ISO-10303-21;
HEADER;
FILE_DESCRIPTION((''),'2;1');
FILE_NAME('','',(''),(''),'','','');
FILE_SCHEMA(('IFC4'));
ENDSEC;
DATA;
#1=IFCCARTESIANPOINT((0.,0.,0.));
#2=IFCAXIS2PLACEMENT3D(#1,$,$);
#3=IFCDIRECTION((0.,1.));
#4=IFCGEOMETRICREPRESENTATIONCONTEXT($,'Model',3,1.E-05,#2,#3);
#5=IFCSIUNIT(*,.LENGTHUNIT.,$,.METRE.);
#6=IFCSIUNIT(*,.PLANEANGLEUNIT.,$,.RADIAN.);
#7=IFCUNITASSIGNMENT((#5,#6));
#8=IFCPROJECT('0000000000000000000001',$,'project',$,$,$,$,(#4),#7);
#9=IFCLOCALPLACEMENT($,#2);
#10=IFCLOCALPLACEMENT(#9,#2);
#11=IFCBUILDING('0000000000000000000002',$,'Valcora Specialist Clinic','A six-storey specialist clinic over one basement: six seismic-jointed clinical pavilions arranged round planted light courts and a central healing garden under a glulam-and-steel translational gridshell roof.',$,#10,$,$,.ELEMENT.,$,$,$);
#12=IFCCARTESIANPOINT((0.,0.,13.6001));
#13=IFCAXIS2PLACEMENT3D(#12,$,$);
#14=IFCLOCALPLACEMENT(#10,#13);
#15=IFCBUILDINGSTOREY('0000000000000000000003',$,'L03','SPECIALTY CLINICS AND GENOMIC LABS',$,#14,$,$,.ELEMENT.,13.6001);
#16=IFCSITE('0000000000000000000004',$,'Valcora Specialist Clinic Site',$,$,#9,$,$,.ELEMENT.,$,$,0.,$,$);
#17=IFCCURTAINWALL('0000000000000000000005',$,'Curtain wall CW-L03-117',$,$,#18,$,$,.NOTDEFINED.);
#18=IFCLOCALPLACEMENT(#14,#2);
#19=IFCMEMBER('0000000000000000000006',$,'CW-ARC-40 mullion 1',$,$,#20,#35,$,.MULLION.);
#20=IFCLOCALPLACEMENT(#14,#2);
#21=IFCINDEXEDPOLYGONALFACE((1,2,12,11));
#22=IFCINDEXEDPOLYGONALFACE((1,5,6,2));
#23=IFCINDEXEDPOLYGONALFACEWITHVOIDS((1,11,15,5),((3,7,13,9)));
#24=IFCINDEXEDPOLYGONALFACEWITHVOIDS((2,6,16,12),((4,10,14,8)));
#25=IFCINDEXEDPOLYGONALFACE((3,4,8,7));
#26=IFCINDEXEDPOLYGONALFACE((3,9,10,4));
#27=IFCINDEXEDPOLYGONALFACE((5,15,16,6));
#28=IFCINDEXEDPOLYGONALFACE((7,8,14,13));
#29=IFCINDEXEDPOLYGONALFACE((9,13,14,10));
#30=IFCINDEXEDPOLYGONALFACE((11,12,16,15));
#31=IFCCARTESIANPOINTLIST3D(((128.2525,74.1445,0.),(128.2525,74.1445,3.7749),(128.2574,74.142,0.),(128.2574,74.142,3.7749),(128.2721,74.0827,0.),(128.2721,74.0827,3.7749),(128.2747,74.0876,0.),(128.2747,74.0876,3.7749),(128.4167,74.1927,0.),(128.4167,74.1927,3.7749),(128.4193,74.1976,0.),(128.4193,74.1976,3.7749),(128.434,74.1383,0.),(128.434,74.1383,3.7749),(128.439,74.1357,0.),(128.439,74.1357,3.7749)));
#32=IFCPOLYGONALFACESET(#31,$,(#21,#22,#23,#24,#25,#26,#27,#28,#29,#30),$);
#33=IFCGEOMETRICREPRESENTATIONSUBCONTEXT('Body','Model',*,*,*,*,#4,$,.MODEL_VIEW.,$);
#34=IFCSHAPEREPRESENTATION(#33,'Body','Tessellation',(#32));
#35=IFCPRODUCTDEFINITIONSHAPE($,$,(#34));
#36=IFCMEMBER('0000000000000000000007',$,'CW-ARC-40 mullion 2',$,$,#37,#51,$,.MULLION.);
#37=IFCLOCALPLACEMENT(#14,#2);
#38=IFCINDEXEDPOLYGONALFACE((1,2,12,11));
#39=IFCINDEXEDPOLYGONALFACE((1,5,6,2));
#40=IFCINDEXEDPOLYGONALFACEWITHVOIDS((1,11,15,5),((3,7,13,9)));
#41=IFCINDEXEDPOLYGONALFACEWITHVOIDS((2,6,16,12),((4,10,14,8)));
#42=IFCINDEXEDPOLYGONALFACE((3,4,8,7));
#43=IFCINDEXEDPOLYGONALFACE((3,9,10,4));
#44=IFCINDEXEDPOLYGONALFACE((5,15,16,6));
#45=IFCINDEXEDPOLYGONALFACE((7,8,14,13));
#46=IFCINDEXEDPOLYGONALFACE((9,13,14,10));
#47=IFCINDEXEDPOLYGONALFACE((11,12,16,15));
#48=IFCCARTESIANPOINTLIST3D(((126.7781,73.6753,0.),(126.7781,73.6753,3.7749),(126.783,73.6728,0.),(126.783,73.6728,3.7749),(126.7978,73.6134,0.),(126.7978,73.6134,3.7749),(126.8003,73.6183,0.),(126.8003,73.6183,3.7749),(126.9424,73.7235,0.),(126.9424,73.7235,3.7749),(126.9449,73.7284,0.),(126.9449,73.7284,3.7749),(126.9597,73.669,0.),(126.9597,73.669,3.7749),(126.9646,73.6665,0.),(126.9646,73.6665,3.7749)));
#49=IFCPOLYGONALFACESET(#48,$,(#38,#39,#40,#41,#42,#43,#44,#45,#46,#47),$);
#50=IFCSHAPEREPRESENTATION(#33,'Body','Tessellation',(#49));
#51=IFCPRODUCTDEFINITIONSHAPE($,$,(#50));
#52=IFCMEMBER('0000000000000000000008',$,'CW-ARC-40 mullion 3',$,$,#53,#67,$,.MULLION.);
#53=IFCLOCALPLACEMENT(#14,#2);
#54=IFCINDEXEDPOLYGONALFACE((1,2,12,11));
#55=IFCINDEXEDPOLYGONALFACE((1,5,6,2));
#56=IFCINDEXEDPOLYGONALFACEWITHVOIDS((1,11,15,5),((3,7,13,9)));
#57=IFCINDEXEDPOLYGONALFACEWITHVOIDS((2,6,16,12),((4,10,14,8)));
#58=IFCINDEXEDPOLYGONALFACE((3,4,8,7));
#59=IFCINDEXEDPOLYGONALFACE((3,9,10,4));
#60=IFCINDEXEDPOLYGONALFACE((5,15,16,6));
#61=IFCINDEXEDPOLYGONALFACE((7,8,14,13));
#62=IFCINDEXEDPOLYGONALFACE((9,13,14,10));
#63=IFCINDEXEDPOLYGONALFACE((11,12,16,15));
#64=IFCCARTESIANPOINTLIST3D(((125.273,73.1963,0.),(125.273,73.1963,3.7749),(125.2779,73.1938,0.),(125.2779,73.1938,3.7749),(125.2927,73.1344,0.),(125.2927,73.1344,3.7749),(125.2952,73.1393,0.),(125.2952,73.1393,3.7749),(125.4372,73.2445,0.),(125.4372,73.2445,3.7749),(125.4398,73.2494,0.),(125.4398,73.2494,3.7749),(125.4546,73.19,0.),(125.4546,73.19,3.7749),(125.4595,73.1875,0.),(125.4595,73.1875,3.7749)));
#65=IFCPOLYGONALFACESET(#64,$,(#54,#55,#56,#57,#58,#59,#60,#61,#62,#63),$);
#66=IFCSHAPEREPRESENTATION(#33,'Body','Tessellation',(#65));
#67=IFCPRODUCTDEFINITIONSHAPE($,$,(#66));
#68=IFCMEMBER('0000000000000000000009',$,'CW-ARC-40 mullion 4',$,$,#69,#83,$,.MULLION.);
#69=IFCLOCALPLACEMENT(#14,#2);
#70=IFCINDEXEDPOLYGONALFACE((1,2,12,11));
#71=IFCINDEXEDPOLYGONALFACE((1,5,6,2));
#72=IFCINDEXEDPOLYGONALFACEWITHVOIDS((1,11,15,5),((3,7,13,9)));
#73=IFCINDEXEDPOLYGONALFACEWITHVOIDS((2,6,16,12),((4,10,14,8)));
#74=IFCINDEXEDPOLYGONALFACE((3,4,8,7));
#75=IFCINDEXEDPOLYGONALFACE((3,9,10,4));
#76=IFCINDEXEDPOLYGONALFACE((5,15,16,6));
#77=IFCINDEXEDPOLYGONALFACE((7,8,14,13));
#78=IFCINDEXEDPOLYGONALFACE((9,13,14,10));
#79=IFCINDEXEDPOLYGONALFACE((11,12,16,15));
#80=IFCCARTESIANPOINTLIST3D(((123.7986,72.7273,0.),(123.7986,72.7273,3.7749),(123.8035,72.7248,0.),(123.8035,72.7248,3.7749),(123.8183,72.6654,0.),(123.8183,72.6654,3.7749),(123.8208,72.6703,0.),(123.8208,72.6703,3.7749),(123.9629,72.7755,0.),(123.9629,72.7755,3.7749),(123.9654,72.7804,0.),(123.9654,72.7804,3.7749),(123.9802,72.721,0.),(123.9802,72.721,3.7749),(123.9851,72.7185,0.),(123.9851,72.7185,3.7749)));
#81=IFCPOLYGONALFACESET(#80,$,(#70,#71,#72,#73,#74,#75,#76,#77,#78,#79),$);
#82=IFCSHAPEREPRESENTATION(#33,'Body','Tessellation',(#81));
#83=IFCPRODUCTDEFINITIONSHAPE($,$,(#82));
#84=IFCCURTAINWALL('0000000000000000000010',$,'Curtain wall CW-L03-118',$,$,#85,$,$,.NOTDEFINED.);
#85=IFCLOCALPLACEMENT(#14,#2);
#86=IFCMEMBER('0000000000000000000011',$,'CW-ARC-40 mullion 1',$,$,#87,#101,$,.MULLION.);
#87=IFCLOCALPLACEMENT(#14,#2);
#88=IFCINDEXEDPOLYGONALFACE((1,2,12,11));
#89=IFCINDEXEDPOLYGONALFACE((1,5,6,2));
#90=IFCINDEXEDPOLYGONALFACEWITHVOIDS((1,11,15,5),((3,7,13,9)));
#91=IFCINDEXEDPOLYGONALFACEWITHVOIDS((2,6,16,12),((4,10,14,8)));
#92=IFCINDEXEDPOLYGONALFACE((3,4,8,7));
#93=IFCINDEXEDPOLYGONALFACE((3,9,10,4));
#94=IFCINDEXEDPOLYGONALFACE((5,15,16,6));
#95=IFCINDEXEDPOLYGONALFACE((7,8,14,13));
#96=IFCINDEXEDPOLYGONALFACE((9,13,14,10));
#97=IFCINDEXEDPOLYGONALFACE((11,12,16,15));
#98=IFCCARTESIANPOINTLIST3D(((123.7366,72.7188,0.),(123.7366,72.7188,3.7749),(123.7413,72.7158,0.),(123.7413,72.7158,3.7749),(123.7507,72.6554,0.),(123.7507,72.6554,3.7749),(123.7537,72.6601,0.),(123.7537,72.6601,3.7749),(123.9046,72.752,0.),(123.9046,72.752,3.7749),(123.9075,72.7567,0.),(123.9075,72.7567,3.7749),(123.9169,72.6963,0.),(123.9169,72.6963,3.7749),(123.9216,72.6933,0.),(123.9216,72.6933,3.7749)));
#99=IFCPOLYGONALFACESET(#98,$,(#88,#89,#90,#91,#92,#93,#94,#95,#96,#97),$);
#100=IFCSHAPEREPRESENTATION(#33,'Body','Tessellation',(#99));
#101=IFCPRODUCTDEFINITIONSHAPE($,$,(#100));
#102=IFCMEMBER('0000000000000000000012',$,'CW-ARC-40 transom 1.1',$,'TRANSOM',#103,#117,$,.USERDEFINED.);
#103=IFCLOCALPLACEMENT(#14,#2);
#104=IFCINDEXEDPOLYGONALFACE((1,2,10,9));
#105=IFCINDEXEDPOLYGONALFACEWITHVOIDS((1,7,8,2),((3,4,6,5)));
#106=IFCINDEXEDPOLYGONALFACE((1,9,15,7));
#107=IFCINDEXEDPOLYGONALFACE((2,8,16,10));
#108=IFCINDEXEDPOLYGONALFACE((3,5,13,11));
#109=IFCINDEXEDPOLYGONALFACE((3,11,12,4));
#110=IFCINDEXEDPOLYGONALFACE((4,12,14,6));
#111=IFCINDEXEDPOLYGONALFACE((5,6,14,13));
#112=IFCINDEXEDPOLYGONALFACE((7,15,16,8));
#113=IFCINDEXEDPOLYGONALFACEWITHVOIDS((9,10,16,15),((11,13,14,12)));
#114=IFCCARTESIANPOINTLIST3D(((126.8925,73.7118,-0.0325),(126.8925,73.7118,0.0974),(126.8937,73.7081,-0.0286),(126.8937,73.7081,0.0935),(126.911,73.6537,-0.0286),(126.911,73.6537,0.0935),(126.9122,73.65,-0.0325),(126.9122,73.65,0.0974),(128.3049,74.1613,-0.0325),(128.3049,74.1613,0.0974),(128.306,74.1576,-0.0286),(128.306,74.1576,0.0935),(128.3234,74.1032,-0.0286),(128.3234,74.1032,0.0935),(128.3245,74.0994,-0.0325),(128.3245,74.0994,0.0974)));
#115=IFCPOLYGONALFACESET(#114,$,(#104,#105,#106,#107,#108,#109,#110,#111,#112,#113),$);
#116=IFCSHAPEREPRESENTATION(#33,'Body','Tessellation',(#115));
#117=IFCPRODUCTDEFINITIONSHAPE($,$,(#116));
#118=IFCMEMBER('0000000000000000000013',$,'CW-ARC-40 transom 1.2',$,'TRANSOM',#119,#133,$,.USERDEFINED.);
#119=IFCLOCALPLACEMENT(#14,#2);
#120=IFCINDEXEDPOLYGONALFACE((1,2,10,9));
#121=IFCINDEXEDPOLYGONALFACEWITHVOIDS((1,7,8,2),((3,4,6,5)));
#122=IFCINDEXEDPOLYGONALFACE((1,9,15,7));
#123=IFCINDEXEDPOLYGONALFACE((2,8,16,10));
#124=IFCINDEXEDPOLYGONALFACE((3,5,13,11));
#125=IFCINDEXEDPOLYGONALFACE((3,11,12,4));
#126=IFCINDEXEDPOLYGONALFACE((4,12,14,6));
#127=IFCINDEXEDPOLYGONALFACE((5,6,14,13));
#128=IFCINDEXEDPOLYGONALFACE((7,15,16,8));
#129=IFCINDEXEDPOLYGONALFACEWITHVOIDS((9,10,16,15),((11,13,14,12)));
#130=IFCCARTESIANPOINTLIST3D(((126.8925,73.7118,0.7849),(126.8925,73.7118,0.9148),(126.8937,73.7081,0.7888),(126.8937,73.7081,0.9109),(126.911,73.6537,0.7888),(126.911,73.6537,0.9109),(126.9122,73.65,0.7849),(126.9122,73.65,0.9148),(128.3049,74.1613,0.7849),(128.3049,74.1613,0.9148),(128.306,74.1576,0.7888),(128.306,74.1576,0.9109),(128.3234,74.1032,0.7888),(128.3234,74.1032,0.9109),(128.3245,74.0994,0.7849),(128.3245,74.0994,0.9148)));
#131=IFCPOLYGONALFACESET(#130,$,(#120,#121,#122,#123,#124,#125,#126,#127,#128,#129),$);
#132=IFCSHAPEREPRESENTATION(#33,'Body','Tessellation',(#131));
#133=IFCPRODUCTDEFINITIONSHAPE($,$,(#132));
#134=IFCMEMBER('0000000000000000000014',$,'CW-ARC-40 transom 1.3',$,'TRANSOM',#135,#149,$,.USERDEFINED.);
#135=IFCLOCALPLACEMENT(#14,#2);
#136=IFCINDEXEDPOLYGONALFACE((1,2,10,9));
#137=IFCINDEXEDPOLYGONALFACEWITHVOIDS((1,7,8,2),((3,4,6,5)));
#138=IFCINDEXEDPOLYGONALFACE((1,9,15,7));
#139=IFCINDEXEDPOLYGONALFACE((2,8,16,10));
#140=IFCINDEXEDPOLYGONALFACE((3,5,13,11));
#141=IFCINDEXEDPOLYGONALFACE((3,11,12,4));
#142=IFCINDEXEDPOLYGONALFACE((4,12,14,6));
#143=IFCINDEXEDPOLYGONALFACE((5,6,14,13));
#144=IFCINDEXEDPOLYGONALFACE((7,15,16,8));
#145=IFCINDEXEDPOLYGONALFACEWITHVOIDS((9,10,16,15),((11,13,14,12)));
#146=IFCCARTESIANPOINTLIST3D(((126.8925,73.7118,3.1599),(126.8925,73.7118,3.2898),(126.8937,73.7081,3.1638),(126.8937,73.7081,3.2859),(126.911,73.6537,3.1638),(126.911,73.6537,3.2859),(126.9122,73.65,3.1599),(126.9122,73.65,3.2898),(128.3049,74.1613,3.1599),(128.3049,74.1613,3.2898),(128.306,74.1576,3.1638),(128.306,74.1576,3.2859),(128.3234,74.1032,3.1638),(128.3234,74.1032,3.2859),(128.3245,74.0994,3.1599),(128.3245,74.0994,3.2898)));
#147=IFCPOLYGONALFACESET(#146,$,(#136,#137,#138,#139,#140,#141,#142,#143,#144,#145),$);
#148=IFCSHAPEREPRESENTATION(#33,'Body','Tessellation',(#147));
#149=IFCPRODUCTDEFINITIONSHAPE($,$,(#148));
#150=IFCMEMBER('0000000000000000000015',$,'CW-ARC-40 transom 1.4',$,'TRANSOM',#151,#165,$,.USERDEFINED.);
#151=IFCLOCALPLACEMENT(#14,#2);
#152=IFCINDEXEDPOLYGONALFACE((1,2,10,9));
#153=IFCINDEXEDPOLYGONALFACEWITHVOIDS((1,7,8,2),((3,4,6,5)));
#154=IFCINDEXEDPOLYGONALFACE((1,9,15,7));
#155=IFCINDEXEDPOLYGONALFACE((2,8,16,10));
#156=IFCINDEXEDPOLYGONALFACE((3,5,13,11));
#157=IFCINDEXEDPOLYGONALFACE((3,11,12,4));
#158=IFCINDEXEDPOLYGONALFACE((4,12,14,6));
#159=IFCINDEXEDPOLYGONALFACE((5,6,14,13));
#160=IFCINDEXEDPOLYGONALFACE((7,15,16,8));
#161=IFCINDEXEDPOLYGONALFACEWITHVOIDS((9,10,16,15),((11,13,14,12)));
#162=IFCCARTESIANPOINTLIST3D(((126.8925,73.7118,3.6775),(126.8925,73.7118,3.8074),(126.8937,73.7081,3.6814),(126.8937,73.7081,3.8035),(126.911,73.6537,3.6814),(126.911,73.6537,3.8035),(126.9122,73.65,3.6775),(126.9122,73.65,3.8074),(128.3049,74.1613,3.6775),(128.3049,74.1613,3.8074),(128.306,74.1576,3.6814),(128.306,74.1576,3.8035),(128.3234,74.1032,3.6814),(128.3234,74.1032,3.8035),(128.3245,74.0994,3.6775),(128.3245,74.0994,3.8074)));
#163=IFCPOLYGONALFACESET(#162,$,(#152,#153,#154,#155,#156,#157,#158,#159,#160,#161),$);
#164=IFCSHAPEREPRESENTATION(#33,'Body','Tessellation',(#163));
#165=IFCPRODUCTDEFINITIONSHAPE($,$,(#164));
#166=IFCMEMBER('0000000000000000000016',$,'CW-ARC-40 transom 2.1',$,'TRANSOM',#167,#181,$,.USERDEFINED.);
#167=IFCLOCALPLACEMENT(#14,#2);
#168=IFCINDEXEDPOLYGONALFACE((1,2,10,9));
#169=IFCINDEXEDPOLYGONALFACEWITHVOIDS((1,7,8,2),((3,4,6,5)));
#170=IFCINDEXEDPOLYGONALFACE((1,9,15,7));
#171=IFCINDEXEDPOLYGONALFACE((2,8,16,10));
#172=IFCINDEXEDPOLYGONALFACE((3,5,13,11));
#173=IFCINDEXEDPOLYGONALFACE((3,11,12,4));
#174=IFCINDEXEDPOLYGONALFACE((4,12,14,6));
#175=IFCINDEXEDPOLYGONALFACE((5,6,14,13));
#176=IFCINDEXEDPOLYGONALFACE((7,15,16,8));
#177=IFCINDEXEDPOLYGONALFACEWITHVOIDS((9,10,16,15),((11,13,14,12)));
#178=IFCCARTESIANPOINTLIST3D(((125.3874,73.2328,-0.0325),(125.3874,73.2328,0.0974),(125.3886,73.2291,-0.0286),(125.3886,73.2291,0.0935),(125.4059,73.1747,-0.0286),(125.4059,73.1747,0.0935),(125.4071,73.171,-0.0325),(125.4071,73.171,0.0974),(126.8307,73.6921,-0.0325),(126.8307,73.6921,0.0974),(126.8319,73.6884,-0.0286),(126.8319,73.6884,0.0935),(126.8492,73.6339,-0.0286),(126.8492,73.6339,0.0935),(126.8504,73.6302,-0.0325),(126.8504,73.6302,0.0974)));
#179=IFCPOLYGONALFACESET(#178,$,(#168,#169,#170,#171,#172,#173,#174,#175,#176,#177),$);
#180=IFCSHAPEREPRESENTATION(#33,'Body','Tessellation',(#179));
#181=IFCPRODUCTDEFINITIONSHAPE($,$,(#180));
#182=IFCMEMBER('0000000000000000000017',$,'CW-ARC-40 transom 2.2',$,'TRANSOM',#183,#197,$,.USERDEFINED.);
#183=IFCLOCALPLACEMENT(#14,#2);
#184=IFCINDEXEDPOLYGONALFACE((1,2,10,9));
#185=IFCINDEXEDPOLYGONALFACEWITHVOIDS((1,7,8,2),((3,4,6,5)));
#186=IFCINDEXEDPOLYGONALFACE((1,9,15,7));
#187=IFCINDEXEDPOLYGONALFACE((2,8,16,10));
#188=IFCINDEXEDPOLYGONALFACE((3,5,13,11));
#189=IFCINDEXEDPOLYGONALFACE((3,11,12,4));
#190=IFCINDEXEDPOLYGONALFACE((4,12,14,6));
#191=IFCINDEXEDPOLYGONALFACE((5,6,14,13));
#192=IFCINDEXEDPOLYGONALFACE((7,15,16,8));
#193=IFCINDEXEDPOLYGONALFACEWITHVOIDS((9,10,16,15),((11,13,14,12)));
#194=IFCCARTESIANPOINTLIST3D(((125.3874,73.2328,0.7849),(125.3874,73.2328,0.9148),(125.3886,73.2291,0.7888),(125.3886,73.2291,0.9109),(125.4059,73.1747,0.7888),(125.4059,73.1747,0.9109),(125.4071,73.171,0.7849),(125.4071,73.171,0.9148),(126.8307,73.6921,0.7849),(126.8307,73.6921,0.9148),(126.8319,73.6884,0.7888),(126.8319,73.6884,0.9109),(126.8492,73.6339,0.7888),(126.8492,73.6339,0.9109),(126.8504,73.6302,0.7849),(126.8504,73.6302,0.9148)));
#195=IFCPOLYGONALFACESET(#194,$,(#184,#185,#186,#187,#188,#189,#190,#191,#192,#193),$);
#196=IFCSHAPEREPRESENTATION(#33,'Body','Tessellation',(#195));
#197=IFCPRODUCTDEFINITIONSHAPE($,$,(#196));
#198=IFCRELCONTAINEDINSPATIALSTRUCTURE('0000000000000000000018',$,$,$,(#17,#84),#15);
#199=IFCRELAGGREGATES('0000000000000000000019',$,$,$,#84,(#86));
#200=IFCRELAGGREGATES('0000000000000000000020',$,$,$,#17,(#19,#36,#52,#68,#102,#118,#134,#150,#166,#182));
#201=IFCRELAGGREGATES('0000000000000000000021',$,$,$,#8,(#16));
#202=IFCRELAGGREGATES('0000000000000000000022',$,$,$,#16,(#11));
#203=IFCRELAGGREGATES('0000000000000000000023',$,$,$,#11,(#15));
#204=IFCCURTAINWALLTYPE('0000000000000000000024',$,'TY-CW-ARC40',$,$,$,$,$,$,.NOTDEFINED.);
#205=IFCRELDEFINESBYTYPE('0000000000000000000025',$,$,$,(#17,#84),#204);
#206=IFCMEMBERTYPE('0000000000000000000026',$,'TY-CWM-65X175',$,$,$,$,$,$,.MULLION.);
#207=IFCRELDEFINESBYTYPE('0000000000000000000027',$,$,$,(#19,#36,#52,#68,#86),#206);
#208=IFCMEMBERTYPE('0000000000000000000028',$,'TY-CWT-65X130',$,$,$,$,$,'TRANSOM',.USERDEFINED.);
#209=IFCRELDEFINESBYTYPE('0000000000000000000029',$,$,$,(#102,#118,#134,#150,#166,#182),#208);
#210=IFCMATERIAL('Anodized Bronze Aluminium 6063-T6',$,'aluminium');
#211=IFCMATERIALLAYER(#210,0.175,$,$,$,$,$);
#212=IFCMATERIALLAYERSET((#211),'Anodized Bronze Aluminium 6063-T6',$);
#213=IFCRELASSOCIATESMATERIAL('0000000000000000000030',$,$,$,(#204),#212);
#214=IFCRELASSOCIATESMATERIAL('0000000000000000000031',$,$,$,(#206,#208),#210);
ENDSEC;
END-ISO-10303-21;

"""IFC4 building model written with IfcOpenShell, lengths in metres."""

from ifc_helpers import new_model, si_unit, direction, frame, origin, origin_2d, place, context, subcontext, project, spatial, hollow_rectangle, extrude, material, layer, layer_set, material_profile, profile_set, type_object, element, aggregate, save


model = new_model("IFC4")

# Units and contexts
model_context = context("Model", 3, precision=1e-05, world=origin(), true_north=direction((0.0, 1.0)))
body_context = subcontext(model_context, "Body", "Model", "MODEL_VIEW")
ifc_project = project(units=[si_unit("LENGTHUNIT", "METRE"), si_unit("PLANEANGLEUNIT", "RADIAN")], contexts=[model_context])

# Site, building, storey
site_placement = place(None, origin())
site = spatial("IfcSite", under=ifc_project, at=site_placement, Name="Valcora Specialist Clinic Site", CompositionType="ELEMENT", RefElevation=0.0)
building_placement = place(site_placement, origin())
building = spatial("IfcBuilding", under=site, at=building_placement, Name="Valcora Specialist Clinic", Description="A six-storey specialist clinic over one basement: six seismic-jointed clinical pavilions arranged round planted light courts and a central healing garden under a glulam-and-steel translational gridshell roof.", CompositionType="ELEMENT")
storey_placement = place(building_placement, frame((0.0, 0.0, 13.6001)))
storey = spatial("IfcBuildingStorey", under=building, at=storey_placement, Name="L03", Description="SPECIALTY CLINICS AND GENOMIC LABS", CompositionType="ELEMENT", Elevation=13.6001)

# Curtain wall, members
ifc_material_1 = material(Name="Anodized Bronze Aluminium 6063-T6", Category="aluminium")
ifc_layer_1 = layer(ifc_material_1, 0.175)
ifc_layer_set_1 = layer_set([ifc_layer_1], Name="Anodized Bronze Aluminium 6063-T6")
curtain_wall_type = type_object("IfcCurtainWallType", Name="TY-CW-ARC40", PredefinedType="NOTDEFINED", material=ifc_layer_set_1)
curtain_wall_1_placement = place(storey_placement, origin())
curtain_wall_1 = element("IfcCurtainWall", 1, at=curtain_wall_1_placement, inside=storey, type_object=curtain_wall_type, Name="Curtain wall CW-L03-117", PredefinedType="NOTDEFINED")
ifc_material_profile_1 = material_profile(ifc_material_1, hollow_rectangle(XDim=0.0649, YDim=0.175, WallThickness=0.0039, at=origin_2d()), Name="AL-MUL-65X175")
ifc_profile_set_1 = profile_set([ifc_material_profile_1], Name="Anodized Bronze Aluminium 6063-T6")
member_type_1 = type_object("IfcMemberType", Name="TY-CWM-65X175", PredefinedType="MULLION", material=ifc_profile_set_1)
member_1_placement = place(storey_placement, frame((128.3457, 74.1401, 0.0), z_axis=(0.0, 0.0, 1.0), x_axis=(0.303233, -0.952916, 0.0)))
member_1 = element("IfcMember", 2, at=member_1_placement, type_object=member_type_1, Name="CW-ARC-40 mullion 1", PredefinedType="MULLION", context=body_context, shape_type="SweptSolid", body=[
    extrude(hollow_rectangle(XDim=0.0649, YDim=0.175, WallThickness=0.0039, at=origin_2d()), origin(), (0.0, 0.0, 1.0), 3.7749),
])
member_2_placement = place(storey_placement, frame((126.8713, 73.6709, 0.0), z_axis=(0.0, 0.0, 1.0), x_axis=(0.303233, -0.952916, 0.0)))
member_2 = element("IfcMember", 3, at=member_2_placement, type_object=member_type_1, Name="CW-ARC-40 mullion 2", PredefinedType="MULLION", context=body_context, shape_type="SweptSolid", body=[
    extrude(hollow_rectangle(XDim=0.0649, YDim=0.175, WallThickness=0.0039, at=origin_2d()), origin(), (0.0, 0.0, 1.0), 3.7749),
])
member_3_placement = place(storey_placement, frame((125.3662, 73.1919, 0.0), z_axis=(0.0, 0.0, 1.0), x_axis=(0.303233, -0.952916, 0.0)))
member_3 = element("IfcMember", 4, at=member_3_placement, type_object=member_type_1, Name="CW-ARC-40 mullion 3", PredefinedType="MULLION", context=body_context, shape_type="SweptSolid", body=[
    extrude(hollow_rectangle(XDim=0.0649, YDim=0.175, WallThickness=0.0039, at=origin_2d()), origin(), (0.0, 0.0, 1.0), 3.7749),
])
member_4_placement = place(storey_placement, frame((123.8918, 72.7229, 0.0), z_axis=(0.0, 0.0, 1.0), x_axis=(0.303233, -0.952916, 0.0)))
member_4 = element("IfcMember", 5, at=member_4_placement, type_object=member_type_1, Name="CW-ARC-40 mullion 4", PredefinedType="MULLION", context=body_context, shape_type="SweptSolid", body=[
    extrude(hollow_rectangle(XDim=0.0649, YDim=0.175, WallThickness=0.0039, at=origin_2d()), origin(), (0.0, 0.0, 1.0), 3.7749),
])

# Curtain wall, member
curtain_wall_2_placement = place(storey_placement, origin())
curtain_wall_2 = element("IfcCurtainWall", 6, at=curtain_wall_2_placement, inside=storey, type_object=curtain_wall_type, Name="Curtain wall CW-L03-118", PredefinedType="NOTDEFINED")
member_5_placement = place(storey_placement, frame((123.8291, 72.7061, 0.0), z_axis=(0.0, 0.0, 1.0), x_axis=(0.216518, -0.976279, 0.0)))
member_5 = element("IfcMember", 7, at=member_5_placement, type_object=member_type_1, Name="CW-ARC-40 mullion 1", PredefinedType="MULLION", context=body_context, shape_type="SweptSolid", body=[
    extrude(hollow_rectangle(XDim=0.0649, YDim=0.175, WallThickness=0.0039, at=origin_2d()), origin(), (0.0, 0.0, 1.0), 3.7749),
])

# Members
ifc_material_profile_2 = material_profile(ifc_material_1, hollow_rectangle(XDim=0.0649, YDim=0.1299, WallThickness=0.0039, at=origin_2d()), Name="AL-TRN-65X130")
ifc_profile_set_2 = profile_set([ifc_material_profile_2], Name="Anodized Bronze Aluminium 6063-T6")
member_type_2 = type_object("IfcMemberType", Name="TY-CWT-65X130", ElementType="TRANSOM", PredefinedType="USERDEFINED", material=ifc_profile_set_2)
member_6_placement = place(storey_placement, frame((128.3147, 74.1304, 0.0325), z_axis=(-0.952911, -0.303251, 0.0), x_axis=(0.303251, -0.952911, 0.0)))
member_6 = element("IfcMember", 8, at=member_6_placement, type_object=member_type_2, Name="CW-ARC-40 transom 1.1", ObjectType="TRANSOM", PredefinedType="USERDEFINED", context=body_context, shape_type="SweptSolid", body=[
    extrude(hollow_rectangle(XDim=0.0649, YDim=0.1299, WallThickness=0.0039, at=origin_2d()), origin(), (0.0, 0.0, 1.0), 1.4822),
])
member_7_placement = place(storey_placement, frame((128.3147, 74.1304, 0.8499), z_axis=(-0.952911, -0.303251, 0.0), x_axis=(0.303251, -0.952911, 0.0)))
member_7 = element("IfcMember", 9, at=member_7_placement, type_object=member_type_2, Name="CW-ARC-40 transom 1.2", ObjectType="TRANSOM", PredefinedType="USERDEFINED", context=body_context, shape_type="SweptSolid", body=[
    extrude(hollow_rectangle(XDim=0.0649, YDim=0.1299, WallThickness=0.0039, at=origin_2d()), origin(), (0.0, 0.0, 1.0), 1.4822),
])
member_8_placement = place(storey_placement, frame((128.3147, 74.1304, 3.2249), z_axis=(-0.952911, -0.303251, 0.0), x_axis=(0.303251, -0.952911, 0.0)))
member_8 = element("IfcMember", 10, at=member_8_placement, type_object=member_type_2, Name="CW-ARC-40 transom 1.3", ObjectType="TRANSOM", PredefinedType="USERDEFINED", context=body_context, shape_type="SweptSolid", body=[
    extrude(hollow_rectangle(XDim=0.0649, YDim=0.1299, WallThickness=0.0039, at=origin_2d()), origin(), (0.0, 0.0, 1.0), 1.4822),
])
member_9_placement = place(storey_placement, frame((128.3147, 74.1304, 3.7424), z_axis=(-0.952911, -0.303251, 0.0), x_axis=(0.303251, -0.952911, 0.0)))
member_9 = element("IfcMember", 11, at=member_9_placement, type_object=member_type_2, Name="CW-ARC-40 transom 1.4", ObjectType="TRANSOM", PredefinedType="USERDEFINED", context=body_context, shape_type="SweptSolid", body=[
    extrude(hollow_rectangle(XDim=0.0649, YDim=0.1299, WallThickness=0.0039, at=origin_2d()), origin(), (0.0, 0.0, 1.0), 1.4822),
])
member_10_placement = place(storey_placement, frame((126.8406, 73.6611, 0.0325), z_axis=(-0.95293, -0.30319, 0.0), x_axis=(0.30319, -0.95293, 0.0)))
member_10 = element("IfcMember", 12, at=member_10_placement, type_object=member_type_2, Name="CW-ARC-40 transom 2.1", ObjectType="TRANSOM", PredefinedType="USERDEFINED", context=body_context, shape_type="SweptSolid", body=[
    extrude(hollow_rectangle(XDim=0.0649, YDim=0.1299, WallThickness=0.0039, at=origin_2d()), origin(), (0.0, 0.0, 1.0), 1.5146),
])
member_11_placement = place(storey_placement, frame((126.8406, 73.6611, 0.8499), z_axis=(-0.95293, -0.30319, 0.0), x_axis=(0.30319, -0.95293, 0.0)))
member_11 = element("IfcMember", 13, at=member_11_placement, type_object=member_type_2, Name="CW-ARC-40 transom 2.2", ObjectType="TRANSOM", PredefinedType="USERDEFINED", context=body_context, shape_type="SweptSolid", body=[
    extrude(hollow_rectangle(XDim=0.0649, YDim=0.1299, WallThickness=0.0039, at=origin_2d()), origin(), (0.0, 0.0, 1.0), 1.5146),
])
aggregate(curtain_wall_2, [member_5])

aggregate(curtain_wall_1, [member_1, member_2, member_3, member_4, member_6, member_7, member_8, member_9, member_10, member_11])

save(model, "model.ifc")
